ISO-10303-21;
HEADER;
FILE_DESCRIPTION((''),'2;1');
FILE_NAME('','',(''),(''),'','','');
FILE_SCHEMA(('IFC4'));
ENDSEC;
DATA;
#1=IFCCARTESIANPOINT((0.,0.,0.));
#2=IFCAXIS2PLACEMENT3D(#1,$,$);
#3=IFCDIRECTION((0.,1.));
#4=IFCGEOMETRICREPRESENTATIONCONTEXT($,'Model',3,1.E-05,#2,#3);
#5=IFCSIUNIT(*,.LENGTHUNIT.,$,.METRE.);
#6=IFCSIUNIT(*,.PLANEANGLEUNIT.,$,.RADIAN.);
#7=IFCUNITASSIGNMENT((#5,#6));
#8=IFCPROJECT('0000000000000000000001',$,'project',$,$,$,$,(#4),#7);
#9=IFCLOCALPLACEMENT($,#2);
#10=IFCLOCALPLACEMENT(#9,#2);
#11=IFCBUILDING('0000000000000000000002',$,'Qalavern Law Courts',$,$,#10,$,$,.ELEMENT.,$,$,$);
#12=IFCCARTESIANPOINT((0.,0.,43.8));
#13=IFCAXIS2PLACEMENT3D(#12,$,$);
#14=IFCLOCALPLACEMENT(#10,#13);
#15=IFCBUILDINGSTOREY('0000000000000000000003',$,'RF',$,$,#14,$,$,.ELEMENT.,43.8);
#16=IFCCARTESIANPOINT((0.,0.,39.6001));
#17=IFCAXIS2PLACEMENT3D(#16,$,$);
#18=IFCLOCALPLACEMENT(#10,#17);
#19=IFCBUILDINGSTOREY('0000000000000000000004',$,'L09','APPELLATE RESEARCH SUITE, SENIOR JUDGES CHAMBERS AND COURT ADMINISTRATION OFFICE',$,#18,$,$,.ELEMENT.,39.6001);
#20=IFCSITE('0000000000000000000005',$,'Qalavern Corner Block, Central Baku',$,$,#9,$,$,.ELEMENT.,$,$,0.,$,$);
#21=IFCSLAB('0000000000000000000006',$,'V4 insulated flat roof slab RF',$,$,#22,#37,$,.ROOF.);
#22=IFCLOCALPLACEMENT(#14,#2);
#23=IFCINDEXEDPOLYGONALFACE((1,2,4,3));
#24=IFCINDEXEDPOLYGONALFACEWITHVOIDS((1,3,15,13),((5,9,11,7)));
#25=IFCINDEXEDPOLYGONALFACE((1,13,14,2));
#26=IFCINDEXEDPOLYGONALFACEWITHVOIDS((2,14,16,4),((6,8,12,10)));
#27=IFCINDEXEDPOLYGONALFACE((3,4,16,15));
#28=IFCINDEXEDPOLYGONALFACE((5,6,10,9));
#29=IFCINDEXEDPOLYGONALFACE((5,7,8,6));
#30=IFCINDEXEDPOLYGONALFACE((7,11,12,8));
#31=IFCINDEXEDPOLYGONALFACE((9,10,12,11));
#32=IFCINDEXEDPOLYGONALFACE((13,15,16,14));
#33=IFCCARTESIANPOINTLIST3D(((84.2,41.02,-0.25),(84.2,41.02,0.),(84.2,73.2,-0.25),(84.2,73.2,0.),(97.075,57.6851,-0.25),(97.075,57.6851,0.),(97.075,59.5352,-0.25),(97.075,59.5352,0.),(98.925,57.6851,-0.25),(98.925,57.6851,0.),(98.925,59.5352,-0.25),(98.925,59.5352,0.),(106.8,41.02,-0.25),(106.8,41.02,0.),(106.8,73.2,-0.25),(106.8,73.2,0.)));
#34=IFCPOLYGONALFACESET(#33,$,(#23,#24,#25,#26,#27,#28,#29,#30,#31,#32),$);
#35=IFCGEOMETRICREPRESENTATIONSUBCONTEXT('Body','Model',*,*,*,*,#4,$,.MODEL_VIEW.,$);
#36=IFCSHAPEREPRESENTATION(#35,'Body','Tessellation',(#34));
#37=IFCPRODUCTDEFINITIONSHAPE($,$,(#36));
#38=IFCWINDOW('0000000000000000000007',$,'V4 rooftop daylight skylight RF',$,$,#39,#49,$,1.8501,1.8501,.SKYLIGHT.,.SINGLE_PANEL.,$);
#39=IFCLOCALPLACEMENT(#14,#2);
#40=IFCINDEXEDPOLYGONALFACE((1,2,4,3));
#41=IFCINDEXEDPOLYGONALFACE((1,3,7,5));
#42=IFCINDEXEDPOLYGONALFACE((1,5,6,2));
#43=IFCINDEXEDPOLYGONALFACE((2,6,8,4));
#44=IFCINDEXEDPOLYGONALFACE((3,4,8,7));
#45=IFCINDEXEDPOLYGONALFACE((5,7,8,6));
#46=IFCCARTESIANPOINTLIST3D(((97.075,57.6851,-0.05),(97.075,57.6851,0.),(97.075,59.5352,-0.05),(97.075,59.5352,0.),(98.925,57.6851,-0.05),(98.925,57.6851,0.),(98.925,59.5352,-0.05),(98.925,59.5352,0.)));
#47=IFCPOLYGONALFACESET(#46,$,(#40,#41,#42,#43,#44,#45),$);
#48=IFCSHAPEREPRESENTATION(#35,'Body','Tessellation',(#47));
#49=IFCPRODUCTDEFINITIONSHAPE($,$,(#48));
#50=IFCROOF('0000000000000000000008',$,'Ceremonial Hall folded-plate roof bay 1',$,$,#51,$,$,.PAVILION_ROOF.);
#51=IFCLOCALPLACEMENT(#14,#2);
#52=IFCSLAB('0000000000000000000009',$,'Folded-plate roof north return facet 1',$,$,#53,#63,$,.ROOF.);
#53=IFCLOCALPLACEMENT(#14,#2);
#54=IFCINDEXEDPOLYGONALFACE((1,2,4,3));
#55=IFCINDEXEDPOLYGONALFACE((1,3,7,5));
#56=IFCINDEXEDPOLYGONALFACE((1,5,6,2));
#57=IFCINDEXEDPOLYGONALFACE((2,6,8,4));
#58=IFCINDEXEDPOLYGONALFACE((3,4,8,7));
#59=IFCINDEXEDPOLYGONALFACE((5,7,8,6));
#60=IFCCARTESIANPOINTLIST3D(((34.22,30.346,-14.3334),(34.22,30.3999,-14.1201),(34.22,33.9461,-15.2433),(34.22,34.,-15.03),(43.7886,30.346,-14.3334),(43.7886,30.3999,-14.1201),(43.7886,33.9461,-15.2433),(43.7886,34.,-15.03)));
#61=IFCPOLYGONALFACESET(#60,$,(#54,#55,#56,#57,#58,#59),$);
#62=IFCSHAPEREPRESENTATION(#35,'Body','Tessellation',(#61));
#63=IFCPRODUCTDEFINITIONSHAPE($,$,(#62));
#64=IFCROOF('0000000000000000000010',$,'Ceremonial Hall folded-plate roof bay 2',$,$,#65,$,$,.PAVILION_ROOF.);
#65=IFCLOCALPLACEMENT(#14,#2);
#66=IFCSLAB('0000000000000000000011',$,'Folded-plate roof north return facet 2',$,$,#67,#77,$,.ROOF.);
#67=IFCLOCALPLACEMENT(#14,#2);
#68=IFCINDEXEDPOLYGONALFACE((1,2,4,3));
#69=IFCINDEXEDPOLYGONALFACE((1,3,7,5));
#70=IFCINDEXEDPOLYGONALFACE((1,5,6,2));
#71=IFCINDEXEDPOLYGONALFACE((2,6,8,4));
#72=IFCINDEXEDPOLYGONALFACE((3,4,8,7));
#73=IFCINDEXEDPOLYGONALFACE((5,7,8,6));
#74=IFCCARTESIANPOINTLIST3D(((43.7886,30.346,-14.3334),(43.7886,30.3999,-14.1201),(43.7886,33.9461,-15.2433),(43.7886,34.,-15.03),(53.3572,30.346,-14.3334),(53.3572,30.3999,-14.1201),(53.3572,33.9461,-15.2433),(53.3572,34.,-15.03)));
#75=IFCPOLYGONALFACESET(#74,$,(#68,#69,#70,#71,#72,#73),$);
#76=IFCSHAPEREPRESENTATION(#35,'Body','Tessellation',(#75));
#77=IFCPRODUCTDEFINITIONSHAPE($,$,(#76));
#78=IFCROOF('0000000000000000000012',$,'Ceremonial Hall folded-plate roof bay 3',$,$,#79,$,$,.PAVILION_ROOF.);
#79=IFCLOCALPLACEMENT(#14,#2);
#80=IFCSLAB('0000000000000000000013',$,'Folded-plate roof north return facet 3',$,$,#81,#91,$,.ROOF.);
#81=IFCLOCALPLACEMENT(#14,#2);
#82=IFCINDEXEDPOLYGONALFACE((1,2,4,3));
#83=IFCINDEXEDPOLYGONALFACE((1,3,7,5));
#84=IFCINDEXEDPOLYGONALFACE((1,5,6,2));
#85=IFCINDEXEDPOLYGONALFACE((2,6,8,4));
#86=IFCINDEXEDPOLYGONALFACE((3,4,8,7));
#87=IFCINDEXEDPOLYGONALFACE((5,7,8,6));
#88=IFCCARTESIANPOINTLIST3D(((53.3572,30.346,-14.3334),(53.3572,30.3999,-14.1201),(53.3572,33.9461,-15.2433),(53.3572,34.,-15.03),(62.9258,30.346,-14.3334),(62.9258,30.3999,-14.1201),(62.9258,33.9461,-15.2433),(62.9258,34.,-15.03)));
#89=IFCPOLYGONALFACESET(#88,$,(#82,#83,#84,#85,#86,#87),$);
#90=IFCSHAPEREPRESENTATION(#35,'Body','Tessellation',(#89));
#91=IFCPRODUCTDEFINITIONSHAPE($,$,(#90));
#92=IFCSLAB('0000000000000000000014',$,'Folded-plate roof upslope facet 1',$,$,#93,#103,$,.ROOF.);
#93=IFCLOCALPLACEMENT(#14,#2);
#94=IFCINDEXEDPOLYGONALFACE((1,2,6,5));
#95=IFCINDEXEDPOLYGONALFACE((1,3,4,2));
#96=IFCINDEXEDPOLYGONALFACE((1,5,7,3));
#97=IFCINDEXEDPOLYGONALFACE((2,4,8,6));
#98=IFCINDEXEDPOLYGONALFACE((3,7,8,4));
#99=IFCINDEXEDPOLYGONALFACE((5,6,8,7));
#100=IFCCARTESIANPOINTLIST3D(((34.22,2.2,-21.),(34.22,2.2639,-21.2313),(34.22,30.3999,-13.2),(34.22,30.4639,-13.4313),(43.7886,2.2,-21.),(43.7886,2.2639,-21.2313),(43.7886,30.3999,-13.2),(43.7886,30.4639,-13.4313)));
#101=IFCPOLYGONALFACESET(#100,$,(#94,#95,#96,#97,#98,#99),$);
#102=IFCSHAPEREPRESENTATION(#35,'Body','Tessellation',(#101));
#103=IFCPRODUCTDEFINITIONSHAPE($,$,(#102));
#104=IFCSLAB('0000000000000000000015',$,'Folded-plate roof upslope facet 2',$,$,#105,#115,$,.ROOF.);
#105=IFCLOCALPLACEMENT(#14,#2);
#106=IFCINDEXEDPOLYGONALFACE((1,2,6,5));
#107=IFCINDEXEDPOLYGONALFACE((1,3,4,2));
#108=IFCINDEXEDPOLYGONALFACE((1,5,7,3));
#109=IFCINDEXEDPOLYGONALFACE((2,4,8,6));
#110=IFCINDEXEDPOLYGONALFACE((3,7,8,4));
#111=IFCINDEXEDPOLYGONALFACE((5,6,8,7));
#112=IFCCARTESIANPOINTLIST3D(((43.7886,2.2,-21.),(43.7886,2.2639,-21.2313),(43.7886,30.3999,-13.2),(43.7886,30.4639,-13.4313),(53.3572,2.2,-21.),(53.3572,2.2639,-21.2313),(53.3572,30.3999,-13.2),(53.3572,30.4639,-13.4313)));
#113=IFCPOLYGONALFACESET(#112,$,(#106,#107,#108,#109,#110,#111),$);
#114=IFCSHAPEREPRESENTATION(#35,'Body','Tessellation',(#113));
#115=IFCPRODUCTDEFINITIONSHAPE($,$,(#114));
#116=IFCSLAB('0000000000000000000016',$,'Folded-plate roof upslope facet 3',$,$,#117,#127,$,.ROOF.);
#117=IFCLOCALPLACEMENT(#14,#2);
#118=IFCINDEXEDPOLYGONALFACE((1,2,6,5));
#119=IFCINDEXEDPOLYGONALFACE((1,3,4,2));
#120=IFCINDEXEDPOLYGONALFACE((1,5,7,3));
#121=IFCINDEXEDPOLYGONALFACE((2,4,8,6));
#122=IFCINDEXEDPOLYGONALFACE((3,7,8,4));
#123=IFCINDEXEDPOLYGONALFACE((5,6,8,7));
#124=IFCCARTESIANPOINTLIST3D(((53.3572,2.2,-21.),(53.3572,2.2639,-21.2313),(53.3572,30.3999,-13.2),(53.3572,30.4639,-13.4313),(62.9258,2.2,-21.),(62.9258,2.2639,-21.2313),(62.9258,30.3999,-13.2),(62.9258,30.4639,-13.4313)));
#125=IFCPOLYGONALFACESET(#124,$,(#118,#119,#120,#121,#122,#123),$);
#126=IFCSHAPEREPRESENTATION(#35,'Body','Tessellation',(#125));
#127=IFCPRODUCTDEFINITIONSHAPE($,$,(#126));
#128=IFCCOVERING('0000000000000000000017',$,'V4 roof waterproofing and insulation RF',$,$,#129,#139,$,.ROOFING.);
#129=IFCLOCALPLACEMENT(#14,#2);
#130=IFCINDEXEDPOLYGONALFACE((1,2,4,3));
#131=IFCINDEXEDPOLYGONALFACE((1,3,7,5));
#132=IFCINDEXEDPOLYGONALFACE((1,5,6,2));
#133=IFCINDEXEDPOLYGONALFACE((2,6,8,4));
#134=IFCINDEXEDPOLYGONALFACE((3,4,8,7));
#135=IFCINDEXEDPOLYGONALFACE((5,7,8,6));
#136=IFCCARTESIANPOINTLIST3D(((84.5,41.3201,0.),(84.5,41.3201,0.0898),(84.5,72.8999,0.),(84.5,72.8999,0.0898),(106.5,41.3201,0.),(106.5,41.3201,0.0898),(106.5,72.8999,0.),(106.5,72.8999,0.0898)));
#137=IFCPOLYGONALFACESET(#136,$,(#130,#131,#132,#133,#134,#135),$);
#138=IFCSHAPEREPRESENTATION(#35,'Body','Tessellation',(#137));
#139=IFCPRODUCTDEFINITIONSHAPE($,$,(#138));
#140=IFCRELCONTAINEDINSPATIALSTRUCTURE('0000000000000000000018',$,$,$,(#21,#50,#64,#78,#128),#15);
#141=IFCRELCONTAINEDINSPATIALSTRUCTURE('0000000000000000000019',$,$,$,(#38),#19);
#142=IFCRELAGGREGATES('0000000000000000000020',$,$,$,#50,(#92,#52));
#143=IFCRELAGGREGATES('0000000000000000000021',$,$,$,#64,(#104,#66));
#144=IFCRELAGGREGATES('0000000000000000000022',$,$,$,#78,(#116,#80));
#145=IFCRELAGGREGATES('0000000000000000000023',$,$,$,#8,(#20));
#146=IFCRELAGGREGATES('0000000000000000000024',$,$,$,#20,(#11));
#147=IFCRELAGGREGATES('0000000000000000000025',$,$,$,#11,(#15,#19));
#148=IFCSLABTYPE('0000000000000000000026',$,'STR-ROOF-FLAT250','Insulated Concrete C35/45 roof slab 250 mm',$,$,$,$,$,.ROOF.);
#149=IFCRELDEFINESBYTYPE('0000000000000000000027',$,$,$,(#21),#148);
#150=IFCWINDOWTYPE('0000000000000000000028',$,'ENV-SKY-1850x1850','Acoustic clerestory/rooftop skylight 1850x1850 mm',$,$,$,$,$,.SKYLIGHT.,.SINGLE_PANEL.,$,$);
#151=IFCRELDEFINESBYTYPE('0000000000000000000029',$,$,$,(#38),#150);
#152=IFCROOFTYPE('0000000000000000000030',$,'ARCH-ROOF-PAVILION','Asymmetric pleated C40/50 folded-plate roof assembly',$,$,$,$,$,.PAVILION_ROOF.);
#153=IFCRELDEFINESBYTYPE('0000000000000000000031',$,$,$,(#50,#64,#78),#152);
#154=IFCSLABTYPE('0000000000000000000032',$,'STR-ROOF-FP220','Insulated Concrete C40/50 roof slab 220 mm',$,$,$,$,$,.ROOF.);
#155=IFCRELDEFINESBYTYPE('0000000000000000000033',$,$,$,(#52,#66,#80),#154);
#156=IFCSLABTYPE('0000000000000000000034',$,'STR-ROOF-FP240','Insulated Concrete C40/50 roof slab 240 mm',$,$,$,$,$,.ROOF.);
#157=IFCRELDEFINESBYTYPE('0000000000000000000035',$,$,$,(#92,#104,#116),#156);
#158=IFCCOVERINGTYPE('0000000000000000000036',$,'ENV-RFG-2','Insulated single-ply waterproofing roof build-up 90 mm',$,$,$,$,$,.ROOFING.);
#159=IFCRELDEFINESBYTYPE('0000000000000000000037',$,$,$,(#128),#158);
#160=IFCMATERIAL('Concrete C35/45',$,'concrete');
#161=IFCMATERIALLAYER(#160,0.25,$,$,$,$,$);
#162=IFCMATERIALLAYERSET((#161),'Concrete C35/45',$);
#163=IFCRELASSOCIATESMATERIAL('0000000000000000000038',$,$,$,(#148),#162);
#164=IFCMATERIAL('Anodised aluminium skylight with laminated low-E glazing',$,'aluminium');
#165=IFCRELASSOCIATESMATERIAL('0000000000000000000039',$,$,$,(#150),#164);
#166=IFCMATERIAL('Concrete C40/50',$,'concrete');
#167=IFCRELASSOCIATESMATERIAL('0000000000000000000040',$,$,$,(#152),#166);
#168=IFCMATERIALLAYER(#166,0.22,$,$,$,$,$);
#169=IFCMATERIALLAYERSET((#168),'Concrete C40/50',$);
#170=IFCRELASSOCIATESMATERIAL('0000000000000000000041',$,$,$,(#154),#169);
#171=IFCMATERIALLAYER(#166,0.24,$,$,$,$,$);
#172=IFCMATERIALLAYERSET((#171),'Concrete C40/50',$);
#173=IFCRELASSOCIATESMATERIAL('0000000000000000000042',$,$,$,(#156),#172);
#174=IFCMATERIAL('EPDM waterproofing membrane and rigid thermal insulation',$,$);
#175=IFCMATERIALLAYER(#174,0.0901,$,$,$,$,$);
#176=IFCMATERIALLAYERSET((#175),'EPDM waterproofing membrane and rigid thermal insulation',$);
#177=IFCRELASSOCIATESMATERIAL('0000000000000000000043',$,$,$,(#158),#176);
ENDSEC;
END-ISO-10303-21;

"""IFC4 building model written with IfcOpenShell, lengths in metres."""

from ifc_helpers import new_model, si_unit, direction, frame, origin, origin_2d, place, context, subcontext, project, spatial, polyline, rectangle, outline, extrude, material, layer, layer_set, type_object, element, fill, aggregate, save


model = new_model("IFC4")

# Units and contexts
model_context = context("Model", 3, precision=1e-05, world=origin(), true_north=direction((0.0, 1.0)))
body_context = subcontext(model_context, "Body", "Model", "MODEL_VIEW")
ifc_project = project(units=[si_unit("LENGTHUNIT", "METRE"), si_unit("PLANEANGLEUNIT", "RADIAN")], contexts=[model_context])

# Site, building, storey
site_placement = place(None, origin())
site = spatial("IfcSite", under=ifc_project, at=site_placement, Name="Qalavern Corner Block, Central Baku", CompositionType="ELEMENT", RefElevation=0.0)
building_placement = place(site_placement, origin())
building = spatial("IfcBuilding", under=site, at=building_placement, Name="Qalavern Law Courts", CompositionType="ELEMENT")
storey_1_placement = place(building_placement, frame((0.0, 0.0, 43.8)))
storey_1 = spatial("IfcBuildingStorey", under=building, at=storey_1_placement, Name="RF", CompositionType="ELEMENT", Elevation=43.8)

# Slab, opening
ifc_material_1 = material(Name="Concrete C35/45", Category="concrete")
ifc_layer_1 = layer(ifc_material_1, 0.25)
ifc_layer_set_1 = layer_set([ifc_layer_1], Name="Concrete C35/45")
slab_type_1 = type_object("IfcSlabType", Name="STR-ROOF-FLAT250", Description="Insulated Concrete C35/45 roof slab 250 mm", PredefinedType="ROOF", material=ifc_layer_set_1)
slab_1_placement = place(storey_1_placement, frame((0.0, 0.0, -0.25)))
slab_1 = element("IfcSlab", 1, at=slab_1_placement, inside=storey_1, type_object=slab_type_1, Name="V4 insulated flat roof slab RF", PredefinedType="ROOF", context=body_context, shape_type="SweptSolid", body=[
    extrude(outline(polyline([(84.2, 41.02), (106.8, 41.02), (106.8, 73.2), (84.2, 73.2), (84.2, 41.02)])), origin(), (0.0, 0.0, 1.0), 0.25),
])
opening_placement = place(slab_1_placement, frame((98.0, 58.6101, 0.0)))
opening = element("IfcOpeningElement", 2, at=opening_placement, cuts=slab_1, PredefinedType="OPENING", context=body_context, shape_type="SweptSolid", body=[
    extrude(rectangle(XDim=1.8501, YDim=1.8501, at=origin_2d()), frame((0.0, 0.0, -0.0149)), (0.0, 0.0, 1.0), 0.2798),
])

# Shared definitions
storey_2_placement = place(building_placement, frame((0.0, 0.0, 39.6001)))
storey_2 = spatial("IfcBuildingStorey", under=building, at=storey_2_placement, Name="L09", Description="APPELLATE RESEARCH SUITE, SENIOR JUDGES CHAMBERS AND COURT ADMINISTRATION OFFICE", CompositionType="ELEMENT", Elevation=39.6001)

# Window
ifc_material_2 = material(Name="Anodised aluminium skylight with laminated low-E glazing", Category="aluminium")
window_type = type_object("IfcWindowType", Name="ENV-SKY-1850x1850", Description="Acoustic clerestory/rooftop skylight 1850x1850 mm", PartitioningType="SINGLE_PANEL", PredefinedType="SKYLIGHT", material=ifc_material_2)
window_placement = place(opening_placement, frame((0.0, 0.0, 0.2)))
window = element("IfcWindow", 3, at=window_placement, inside=storey_2, type_object=window_type, Name="V4 rooftop daylight skylight RF", OverallHeight=1.8501, OverallWidth=1.8501, PartitioningType="SINGLE_PANEL", PredefinedType="SKYLIGHT", context=body_context, shape_type="SweptSolid", body=[
    extrude(rectangle(XDim=1.8501, YDim=1.8501, at=origin_2d()), origin(), (0.0, 0.0, 1.0), 0.05),
])
fill(opening, window)

# Roofs, slabs
ifc_material_3 = material(Name="Concrete C40/50", Category="concrete")
roof_type = type_object("IfcRoofType", Name="ARCH-ROOF-PAVILION", Description="Asymmetric pleated C40/50 folded-plate roof assembly", PredefinedType="PAVILION_ROOF", material=ifc_material_3)
roof_1_placement = place(storey_1_placement, origin())
roof_1 = element("IfcRoof", 4, at=roof_1_placement, inside=storey_1, type_object=roof_type, Name="Ceremonial Hall folded-plate roof bay 1", PredefinedType="PAVILION_ROOF")
ifc_layer_2 = layer(ifc_material_3, 0.22)
ifc_layer_set_2 = layer_set([ifc_layer_2], Name="Concrete C40/50")
slab_type_2 = type_object("IfcSlabType", Name="STR-ROOF-FP220", Description="Insulated Concrete C40/50 roof slab 220 mm", PredefinedType="ROOF", material=ifc_layer_set_2)
slab_2_placement = place(storey_1_placement, frame((34.22, 30.3999, -14.1201), z_axis=(0.0, 0.245041, 0.969513), x_axis=(1.0, 0.0, 0.0)))
slab_2 = element("IfcSlab", 5, at=slab_2_placement, type_object=slab_type_2, Name="Folded-plate roof north return facet 1", PredefinedType="ROOF", context=body_context, shape_type="SweptSolid", body=[
    extrude(outline(polyline([(0.0, 0.0), (9.5686, 0.0), (9.5686, 3.7133), (0.0, 3.7133), (0.0, 0.0)])), origin(), (0.0, 0.0, -1.0), 0.22),
])
roof_2_placement = place(storey_1_placement, origin())
roof_2 = element("IfcRoof", 6, at=roof_2_placement, inside=storey_1, type_object=roof_type, Name="Ceremonial Hall folded-plate roof bay 2", PredefinedType="PAVILION_ROOF")
slab_3_placement = place(storey_1_placement, frame((43.7886, 30.3999, -14.1201), z_axis=(0.0, 0.245041, 0.969513), x_axis=(1.0, 0.0, 0.0)))
slab_3 = element("IfcSlab", 7, at=slab_3_placement, type_object=slab_type_2, Name="Folded-plate roof north return facet 2", PredefinedType="ROOF", context=body_context, shape_type="SweptSolid", body=[
    extrude(outline(polyline([(0.0, 0.0), (9.5686, 0.0), (9.5686, 3.7133), (0.0, 3.7133), (0.0, 0.0)])), origin(), (0.0, 0.0, -1.0), 0.22),
])
roof_3_placement = place(storey_1_placement, origin())
roof_3 = element("IfcRoof", 8, at=roof_3_placement, inside=storey_1, type_object=roof_type, Name="Ceremonial Hall folded-plate roof bay 3", PredefinedType="PAVILION_ROOF")
slab_4_placement = place(storey_1_placement, frame((53.3572, 30.3999, -14.1201), z_axis=(0.0, 0.245041, 0.969513), x_axis=(1.0, 0.0, 0.0)))
slab_4 = element("IfcSlab", 9, at=slab_4_placement, type_object=slab_type_2, Name="Folded-plate roof north return facet 3", PredefinedType="ROOF", context=body_context, shape_type="SweptSolid", body=[
    extrude(outline(polyline([(0.0, 0.0), (9.5686, 0.0), (9.5686, 3.7133), (0.0, 3.7133), (0.0, 0.0)])), origin(), (0.0, 0.0, -1.0), 0.22),
])

# Slabs
ifc_layer_3 = layer(ifc_material_3, 0.24)
ifc_layer_set_3 = layer_set([ifc_layer_3], Name="Concrete C40/50")
slab_type_3 = type_object("IfcSlabType", Name="STR-ROOF-FP240", Description="Insulated Concrete C40/50 roof slab 240 mm", PredefinedType="ROOF", material=ifc_layer_set_3)
slab_5_placement = place(storey_1_placement, frame((34.22, 2.2, -21.0), z_axis=(0.0, -0.266588, 0.963811), x_axis=(1.0, 0.0, 0.0)))
slab_5 = element("IfcSlab", 10, at=slab_5_placement, type_object=slab_type_3, Name="Folded-plate roof upslope facet 1", PredefinedType="ROOF", context=body_context, shape_type="SweptSolid", body=[
    extrude(outline(polyline([(0.0, 0.0), (9.5686, 0.0), (9.5686, 29.2588), (0.0, 29.2588), (0.0, 0.0)])), origin(), (0.0, 0.0, -1.0), 0.24),
])
aggregate(roof_1, [slab_5, slab_2])
slab_6_placement = place(storey_1_placement, frame((43.7886, 2.2, -21.0), z_axis=(0.0, -0.266588, 0.963811), x_axis=(1.0, 0.0, 0.0)))
slab_6 = element("IfcSlab", 11, at=slab_6_placement, type_object=slab_type_3, Name="Folded-plate roof upslope facet 2", PredefinedType="ROOF", context=body_context, shape_type="SweptSolid", body=[
    extrude(outline(polyline([(0.0, 0.0), (9.5686, 0.0), (9.5686, 29.2588), (0.0, 29.2588), (0.0, 0.0)])), origin(), (0.0, 0.0, -1.0), 0.24),
])
aggregate(roof_2, [slab_6, slab_3])
slab_7_placement = place(storey_1_placement, frame((53.3572, 2.2, -21.0), z_axis=(0.0, -0.266588, 0.963811), x_axis=(1.0, 0.0, 0.0)))
slab_7 = element("IfcSlab", 12, at=slab_7_placement, type_object=slab_type_3, Name="Folded-plate roof upslope facet 3", PredefinedType="ROOF", context=body_context, shape_type="SweptSolid", body=[
    extrude(outline(polyline([(0.0, 0.0), (9.5686, 0.0), (9.5686, 29.2588), (0.0, 29.2588), (0.0, 0.0)])), origin(), (0.0, 0.0, -1.0), 0.24),
])
aggregate(roof_3, [slab_7, slab_4])

# Covering
ifc_material_4 = material(Name="EPDM waterproofing membrane and rigid thermal insulation")
ifc_layer_4 = layer(ifc_material_4, 0.0901)
ifc_layer_set_4 = layer_set([ifc_layer_4], Name="EPDM waterproofing membrane and rigid thermal insulation")
covering_type = type_object("IfcCoveringType", Name="ENV-RFG-2", Description="Insulated single-ply waterproofing roof build-up 90 mm", PredefinedType="ROOFING", material=ifc_layer_set_4)
covering_placement = place(storey_1_placement, origin())
element("IfcCovering", 13, at=covering_placement, inside=storey_1, type_object=covering_type, Name="V4 roof waterproofing and insulation RF", PredefinedType="ROOFING", context=body_context, shape_type="SweptSolid", body=[
    extrude(outline(polyline([(84.5, 41.3201), (106.5, 41.3201), (106.5, 72.8999), (84.5, 72.8999), (84.5, 41.3201)])), origin(), (0.0, 0.0, 1.0), 0.0898),
])

save(model, "model.ifc")
